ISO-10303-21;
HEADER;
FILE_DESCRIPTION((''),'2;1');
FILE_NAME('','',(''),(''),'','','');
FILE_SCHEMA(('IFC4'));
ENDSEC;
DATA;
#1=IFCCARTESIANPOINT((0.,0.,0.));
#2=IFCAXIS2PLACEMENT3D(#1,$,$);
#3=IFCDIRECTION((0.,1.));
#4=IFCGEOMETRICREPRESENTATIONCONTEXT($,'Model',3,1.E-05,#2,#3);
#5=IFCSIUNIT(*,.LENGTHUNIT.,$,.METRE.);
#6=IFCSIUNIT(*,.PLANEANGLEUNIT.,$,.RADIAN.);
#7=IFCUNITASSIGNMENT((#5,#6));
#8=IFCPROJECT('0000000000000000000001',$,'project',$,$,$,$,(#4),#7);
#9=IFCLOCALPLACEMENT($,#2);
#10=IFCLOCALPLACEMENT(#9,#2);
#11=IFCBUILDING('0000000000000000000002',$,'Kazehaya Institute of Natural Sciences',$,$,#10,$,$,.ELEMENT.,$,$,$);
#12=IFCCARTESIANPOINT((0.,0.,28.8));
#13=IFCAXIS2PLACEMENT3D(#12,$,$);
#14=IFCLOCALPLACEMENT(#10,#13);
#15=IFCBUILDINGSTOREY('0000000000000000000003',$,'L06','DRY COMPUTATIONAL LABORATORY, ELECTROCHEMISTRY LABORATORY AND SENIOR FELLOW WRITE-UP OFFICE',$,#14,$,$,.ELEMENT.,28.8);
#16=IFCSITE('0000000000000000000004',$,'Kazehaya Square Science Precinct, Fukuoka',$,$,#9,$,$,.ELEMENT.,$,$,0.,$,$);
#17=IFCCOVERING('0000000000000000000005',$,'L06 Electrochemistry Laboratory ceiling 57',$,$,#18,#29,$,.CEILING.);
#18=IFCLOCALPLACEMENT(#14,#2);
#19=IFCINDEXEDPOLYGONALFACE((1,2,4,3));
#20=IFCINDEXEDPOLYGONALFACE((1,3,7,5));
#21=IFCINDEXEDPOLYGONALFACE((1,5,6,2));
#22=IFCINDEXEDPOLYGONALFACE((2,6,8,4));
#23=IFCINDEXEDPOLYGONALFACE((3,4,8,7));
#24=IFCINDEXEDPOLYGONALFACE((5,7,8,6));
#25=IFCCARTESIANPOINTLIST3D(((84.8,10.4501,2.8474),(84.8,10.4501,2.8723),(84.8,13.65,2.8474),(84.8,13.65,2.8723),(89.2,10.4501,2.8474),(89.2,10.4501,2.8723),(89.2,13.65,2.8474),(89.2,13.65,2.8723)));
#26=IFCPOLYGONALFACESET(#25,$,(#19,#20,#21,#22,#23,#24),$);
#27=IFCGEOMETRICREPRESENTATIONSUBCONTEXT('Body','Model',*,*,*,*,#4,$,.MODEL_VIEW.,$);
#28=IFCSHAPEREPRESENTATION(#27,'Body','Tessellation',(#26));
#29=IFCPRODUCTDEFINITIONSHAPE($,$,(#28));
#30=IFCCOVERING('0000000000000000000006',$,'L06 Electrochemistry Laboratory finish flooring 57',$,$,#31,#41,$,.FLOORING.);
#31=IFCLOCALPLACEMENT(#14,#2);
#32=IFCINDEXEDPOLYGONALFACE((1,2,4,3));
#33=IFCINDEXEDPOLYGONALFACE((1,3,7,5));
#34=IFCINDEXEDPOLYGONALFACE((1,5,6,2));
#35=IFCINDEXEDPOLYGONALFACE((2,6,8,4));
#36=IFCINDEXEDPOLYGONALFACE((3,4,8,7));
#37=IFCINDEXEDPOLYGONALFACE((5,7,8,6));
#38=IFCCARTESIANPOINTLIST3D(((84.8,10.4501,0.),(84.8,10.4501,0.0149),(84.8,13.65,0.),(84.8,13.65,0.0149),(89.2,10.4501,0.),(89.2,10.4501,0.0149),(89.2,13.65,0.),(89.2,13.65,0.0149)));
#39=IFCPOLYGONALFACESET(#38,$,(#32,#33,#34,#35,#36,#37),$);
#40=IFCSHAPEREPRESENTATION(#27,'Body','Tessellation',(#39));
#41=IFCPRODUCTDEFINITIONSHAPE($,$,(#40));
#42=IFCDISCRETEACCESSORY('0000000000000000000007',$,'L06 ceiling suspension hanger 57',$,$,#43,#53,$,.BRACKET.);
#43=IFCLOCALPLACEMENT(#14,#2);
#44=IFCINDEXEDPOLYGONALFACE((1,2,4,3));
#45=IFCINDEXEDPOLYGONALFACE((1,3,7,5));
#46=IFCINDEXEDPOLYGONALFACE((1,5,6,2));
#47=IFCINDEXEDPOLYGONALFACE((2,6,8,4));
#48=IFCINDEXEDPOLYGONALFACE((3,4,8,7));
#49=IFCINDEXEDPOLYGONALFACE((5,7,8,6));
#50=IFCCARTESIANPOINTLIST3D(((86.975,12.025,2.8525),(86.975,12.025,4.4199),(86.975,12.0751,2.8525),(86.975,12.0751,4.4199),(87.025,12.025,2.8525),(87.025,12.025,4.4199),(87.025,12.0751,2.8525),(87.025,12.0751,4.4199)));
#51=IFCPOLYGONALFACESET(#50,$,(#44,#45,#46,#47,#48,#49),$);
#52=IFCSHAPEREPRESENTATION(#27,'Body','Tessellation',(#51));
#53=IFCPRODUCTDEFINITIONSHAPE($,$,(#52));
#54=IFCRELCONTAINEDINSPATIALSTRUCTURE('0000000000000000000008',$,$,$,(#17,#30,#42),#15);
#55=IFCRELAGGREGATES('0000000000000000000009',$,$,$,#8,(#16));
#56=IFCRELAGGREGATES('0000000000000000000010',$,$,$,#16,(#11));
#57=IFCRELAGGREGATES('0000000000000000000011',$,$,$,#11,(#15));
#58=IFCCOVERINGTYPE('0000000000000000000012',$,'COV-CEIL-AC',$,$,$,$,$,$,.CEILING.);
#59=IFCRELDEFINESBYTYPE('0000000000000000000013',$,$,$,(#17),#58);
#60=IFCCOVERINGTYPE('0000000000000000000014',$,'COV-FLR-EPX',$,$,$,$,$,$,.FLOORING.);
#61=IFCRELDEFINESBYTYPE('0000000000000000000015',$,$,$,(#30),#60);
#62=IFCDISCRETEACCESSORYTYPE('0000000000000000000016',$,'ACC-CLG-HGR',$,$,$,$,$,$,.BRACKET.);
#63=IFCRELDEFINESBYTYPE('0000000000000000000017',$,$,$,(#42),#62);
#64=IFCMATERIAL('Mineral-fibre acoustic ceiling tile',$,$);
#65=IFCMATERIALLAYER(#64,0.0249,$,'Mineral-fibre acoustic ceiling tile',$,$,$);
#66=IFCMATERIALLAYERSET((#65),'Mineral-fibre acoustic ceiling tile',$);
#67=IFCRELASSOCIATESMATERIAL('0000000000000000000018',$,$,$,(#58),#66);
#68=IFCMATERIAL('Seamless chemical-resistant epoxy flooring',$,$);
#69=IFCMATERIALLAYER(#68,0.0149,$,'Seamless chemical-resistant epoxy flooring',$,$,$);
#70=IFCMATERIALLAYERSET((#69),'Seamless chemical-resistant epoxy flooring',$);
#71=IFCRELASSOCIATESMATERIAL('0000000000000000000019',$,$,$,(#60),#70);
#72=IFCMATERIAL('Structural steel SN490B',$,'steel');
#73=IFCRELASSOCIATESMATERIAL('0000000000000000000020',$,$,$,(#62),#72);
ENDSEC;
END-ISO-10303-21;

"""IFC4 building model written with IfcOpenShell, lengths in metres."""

from ifc_helpers import new_model, si_unit, direction, frame, origin, origin_2d, place, context, subcontext, project, spatial, rectangle, extrude, material, layer, layer_set, type_object, element, save


model = new_model("IFC4")

# Units and contexts
model_context = context("Model", 3, precision=1e-05, world=origin(), true_north=direction((0.0, 1.0)))
body_context = subcontext(model_context, "Body", "Model", "MODEL_VIEW")
ifc_project = project(units=[si_unit("LENGTHUNIT", "METRE"), si_unit("PLANEANGLEUNIT", "RADIAN")], contexts=[model_context])

# Site, building, storey
site_placement = place(None, origin())
site = spatial("IfcSite", under=ifc_project, at=site_placement, Name="Kazehaya Square Science Precinct, Fukuoka", CompositionType="ELEMENT", RefElevation=0.0)
building_placement = place(site_placement, origin())
building = spatial("IfcBuilding", under=site, at=building_placement, Name="Kazehaya Institute of Natural Sciences", CompositionType="ELEMENT")
storey_placement = place(building_placement, frame((0.0, 0.0, 28.8)))
storey = spatial("IfcBuildingStorey", under=building, at=storey_placement, Name="L06", Description="DRY COMPUTATIONAL LABORATORY, ELECTROCHEMISTRY LABORATORY AND SENIOR FELLOW WRITE-UP OFFICE", CompositionType="ELEMENT", Elevation=28.8)

# Coverings
ifc_material_1 = material(Name="Mineral-fibre acoustic ceiling tile")
ifc_layer_1 = layer(ifc_material_1, 0.0249, Name="Mineral-fibre acoustic ceiling tile")
ifc_layer_set_1 = layer_set([ifc_layer_1], Name="Mineral-fibre acoustic ceiling tile")
covering_type_1 = type_object("IfcCoveringType", Name="COV-CEIL-AC", PredefinedType="CEILING", material=ifc_layer_set_1)
covering_1_placement = place(storey_placement, frame((87.0, 12.05, 2.8474), z_axis=(0.0, 0.0, 1.0), x_axis=(1.0, 0.0, 0.0)))
element("IfcCovering", 1, at=covering_1_placement, inside=storey, type_object=covering_type_1, Name="L06 Electrochemistry Laboratory ceiling 57", PredefinedType="CEILING", context=body_context, shape_type="SweptSolid", body=[
    extrude(rectangle(XDim=4.3999, YDim=3.2, at=origin_2d()), origin(), (0.0, 0.0, 1.0), 0.0249),
])
ifc_material_2 = material(Name="Seamless chemical-resistant epoxy flooring")
ifc_layer_2 = layer(ifc_material_2, 0.0149, Name="Seamless chemical-resistant epoxy flooring")
ifc_layer_set_2 = layer_set([ifc_layer_2], Name="Seamless chemical-resistant epoxy flooring")
covering_type_2 = type_object("IfcCoveringType", Name="COV-FLR-EPX", PredefinedType="FLOORING", material=ifc_layer_set_2)
covering_2_placement = place(storey_placement, frame((87.0, 12.05, 0.0), z_axis=(0.0, 0.0, 1.0), x_axis=(1.0, 0.0, 0.0)))
element("IfcCovering", 2, at=covering_2_placement, inside=storey, type_object=covering_type_2, Name="L06 Electrochemistry Laboratory finish flooring 57", PredefinedType="FLOORING", context=body_context, shape_type="SweptSolid", body=[
    extrude(rectangle(XDim=4.3999, YDim=3.2, at=origin_2d()), origin(), (0.0, 0.0, 1.0), 0.0149),
])

# Discrete accessory
ifc_material_3 = material(Name="Structural steel SN490B", Category="steel")
discrete_accessory_type = type_object("IfcDiscreteAccessoryType", Name="ACC-CLG-HGR", PredefinedType="BRACKET", material=ifc_material_3)
discrete_accessory_placement = place(storey_placement, frame((87.0, 12.05, 2.8525), z_axis=(0.0, 0.0, 1.0), x_axis=(1.0, 0.0, 0.0)))
element("IfcDiscreteAccessory", 3, at=discrete_accessory_placement, inside=storey, type_object=discrete_accessory_type, Name="L06 ceiling suspension hanger 57", PredefinedType="BRACKET", context=body_context, shape_type="SweptSolid", body=[
    extrude(rectangle(XDim=0.05, YDim=0.05, at=origin_2d()), origin(), (0.0, 0.0, 1.0), 1.5674),
])

save(model, "model.ifc")
